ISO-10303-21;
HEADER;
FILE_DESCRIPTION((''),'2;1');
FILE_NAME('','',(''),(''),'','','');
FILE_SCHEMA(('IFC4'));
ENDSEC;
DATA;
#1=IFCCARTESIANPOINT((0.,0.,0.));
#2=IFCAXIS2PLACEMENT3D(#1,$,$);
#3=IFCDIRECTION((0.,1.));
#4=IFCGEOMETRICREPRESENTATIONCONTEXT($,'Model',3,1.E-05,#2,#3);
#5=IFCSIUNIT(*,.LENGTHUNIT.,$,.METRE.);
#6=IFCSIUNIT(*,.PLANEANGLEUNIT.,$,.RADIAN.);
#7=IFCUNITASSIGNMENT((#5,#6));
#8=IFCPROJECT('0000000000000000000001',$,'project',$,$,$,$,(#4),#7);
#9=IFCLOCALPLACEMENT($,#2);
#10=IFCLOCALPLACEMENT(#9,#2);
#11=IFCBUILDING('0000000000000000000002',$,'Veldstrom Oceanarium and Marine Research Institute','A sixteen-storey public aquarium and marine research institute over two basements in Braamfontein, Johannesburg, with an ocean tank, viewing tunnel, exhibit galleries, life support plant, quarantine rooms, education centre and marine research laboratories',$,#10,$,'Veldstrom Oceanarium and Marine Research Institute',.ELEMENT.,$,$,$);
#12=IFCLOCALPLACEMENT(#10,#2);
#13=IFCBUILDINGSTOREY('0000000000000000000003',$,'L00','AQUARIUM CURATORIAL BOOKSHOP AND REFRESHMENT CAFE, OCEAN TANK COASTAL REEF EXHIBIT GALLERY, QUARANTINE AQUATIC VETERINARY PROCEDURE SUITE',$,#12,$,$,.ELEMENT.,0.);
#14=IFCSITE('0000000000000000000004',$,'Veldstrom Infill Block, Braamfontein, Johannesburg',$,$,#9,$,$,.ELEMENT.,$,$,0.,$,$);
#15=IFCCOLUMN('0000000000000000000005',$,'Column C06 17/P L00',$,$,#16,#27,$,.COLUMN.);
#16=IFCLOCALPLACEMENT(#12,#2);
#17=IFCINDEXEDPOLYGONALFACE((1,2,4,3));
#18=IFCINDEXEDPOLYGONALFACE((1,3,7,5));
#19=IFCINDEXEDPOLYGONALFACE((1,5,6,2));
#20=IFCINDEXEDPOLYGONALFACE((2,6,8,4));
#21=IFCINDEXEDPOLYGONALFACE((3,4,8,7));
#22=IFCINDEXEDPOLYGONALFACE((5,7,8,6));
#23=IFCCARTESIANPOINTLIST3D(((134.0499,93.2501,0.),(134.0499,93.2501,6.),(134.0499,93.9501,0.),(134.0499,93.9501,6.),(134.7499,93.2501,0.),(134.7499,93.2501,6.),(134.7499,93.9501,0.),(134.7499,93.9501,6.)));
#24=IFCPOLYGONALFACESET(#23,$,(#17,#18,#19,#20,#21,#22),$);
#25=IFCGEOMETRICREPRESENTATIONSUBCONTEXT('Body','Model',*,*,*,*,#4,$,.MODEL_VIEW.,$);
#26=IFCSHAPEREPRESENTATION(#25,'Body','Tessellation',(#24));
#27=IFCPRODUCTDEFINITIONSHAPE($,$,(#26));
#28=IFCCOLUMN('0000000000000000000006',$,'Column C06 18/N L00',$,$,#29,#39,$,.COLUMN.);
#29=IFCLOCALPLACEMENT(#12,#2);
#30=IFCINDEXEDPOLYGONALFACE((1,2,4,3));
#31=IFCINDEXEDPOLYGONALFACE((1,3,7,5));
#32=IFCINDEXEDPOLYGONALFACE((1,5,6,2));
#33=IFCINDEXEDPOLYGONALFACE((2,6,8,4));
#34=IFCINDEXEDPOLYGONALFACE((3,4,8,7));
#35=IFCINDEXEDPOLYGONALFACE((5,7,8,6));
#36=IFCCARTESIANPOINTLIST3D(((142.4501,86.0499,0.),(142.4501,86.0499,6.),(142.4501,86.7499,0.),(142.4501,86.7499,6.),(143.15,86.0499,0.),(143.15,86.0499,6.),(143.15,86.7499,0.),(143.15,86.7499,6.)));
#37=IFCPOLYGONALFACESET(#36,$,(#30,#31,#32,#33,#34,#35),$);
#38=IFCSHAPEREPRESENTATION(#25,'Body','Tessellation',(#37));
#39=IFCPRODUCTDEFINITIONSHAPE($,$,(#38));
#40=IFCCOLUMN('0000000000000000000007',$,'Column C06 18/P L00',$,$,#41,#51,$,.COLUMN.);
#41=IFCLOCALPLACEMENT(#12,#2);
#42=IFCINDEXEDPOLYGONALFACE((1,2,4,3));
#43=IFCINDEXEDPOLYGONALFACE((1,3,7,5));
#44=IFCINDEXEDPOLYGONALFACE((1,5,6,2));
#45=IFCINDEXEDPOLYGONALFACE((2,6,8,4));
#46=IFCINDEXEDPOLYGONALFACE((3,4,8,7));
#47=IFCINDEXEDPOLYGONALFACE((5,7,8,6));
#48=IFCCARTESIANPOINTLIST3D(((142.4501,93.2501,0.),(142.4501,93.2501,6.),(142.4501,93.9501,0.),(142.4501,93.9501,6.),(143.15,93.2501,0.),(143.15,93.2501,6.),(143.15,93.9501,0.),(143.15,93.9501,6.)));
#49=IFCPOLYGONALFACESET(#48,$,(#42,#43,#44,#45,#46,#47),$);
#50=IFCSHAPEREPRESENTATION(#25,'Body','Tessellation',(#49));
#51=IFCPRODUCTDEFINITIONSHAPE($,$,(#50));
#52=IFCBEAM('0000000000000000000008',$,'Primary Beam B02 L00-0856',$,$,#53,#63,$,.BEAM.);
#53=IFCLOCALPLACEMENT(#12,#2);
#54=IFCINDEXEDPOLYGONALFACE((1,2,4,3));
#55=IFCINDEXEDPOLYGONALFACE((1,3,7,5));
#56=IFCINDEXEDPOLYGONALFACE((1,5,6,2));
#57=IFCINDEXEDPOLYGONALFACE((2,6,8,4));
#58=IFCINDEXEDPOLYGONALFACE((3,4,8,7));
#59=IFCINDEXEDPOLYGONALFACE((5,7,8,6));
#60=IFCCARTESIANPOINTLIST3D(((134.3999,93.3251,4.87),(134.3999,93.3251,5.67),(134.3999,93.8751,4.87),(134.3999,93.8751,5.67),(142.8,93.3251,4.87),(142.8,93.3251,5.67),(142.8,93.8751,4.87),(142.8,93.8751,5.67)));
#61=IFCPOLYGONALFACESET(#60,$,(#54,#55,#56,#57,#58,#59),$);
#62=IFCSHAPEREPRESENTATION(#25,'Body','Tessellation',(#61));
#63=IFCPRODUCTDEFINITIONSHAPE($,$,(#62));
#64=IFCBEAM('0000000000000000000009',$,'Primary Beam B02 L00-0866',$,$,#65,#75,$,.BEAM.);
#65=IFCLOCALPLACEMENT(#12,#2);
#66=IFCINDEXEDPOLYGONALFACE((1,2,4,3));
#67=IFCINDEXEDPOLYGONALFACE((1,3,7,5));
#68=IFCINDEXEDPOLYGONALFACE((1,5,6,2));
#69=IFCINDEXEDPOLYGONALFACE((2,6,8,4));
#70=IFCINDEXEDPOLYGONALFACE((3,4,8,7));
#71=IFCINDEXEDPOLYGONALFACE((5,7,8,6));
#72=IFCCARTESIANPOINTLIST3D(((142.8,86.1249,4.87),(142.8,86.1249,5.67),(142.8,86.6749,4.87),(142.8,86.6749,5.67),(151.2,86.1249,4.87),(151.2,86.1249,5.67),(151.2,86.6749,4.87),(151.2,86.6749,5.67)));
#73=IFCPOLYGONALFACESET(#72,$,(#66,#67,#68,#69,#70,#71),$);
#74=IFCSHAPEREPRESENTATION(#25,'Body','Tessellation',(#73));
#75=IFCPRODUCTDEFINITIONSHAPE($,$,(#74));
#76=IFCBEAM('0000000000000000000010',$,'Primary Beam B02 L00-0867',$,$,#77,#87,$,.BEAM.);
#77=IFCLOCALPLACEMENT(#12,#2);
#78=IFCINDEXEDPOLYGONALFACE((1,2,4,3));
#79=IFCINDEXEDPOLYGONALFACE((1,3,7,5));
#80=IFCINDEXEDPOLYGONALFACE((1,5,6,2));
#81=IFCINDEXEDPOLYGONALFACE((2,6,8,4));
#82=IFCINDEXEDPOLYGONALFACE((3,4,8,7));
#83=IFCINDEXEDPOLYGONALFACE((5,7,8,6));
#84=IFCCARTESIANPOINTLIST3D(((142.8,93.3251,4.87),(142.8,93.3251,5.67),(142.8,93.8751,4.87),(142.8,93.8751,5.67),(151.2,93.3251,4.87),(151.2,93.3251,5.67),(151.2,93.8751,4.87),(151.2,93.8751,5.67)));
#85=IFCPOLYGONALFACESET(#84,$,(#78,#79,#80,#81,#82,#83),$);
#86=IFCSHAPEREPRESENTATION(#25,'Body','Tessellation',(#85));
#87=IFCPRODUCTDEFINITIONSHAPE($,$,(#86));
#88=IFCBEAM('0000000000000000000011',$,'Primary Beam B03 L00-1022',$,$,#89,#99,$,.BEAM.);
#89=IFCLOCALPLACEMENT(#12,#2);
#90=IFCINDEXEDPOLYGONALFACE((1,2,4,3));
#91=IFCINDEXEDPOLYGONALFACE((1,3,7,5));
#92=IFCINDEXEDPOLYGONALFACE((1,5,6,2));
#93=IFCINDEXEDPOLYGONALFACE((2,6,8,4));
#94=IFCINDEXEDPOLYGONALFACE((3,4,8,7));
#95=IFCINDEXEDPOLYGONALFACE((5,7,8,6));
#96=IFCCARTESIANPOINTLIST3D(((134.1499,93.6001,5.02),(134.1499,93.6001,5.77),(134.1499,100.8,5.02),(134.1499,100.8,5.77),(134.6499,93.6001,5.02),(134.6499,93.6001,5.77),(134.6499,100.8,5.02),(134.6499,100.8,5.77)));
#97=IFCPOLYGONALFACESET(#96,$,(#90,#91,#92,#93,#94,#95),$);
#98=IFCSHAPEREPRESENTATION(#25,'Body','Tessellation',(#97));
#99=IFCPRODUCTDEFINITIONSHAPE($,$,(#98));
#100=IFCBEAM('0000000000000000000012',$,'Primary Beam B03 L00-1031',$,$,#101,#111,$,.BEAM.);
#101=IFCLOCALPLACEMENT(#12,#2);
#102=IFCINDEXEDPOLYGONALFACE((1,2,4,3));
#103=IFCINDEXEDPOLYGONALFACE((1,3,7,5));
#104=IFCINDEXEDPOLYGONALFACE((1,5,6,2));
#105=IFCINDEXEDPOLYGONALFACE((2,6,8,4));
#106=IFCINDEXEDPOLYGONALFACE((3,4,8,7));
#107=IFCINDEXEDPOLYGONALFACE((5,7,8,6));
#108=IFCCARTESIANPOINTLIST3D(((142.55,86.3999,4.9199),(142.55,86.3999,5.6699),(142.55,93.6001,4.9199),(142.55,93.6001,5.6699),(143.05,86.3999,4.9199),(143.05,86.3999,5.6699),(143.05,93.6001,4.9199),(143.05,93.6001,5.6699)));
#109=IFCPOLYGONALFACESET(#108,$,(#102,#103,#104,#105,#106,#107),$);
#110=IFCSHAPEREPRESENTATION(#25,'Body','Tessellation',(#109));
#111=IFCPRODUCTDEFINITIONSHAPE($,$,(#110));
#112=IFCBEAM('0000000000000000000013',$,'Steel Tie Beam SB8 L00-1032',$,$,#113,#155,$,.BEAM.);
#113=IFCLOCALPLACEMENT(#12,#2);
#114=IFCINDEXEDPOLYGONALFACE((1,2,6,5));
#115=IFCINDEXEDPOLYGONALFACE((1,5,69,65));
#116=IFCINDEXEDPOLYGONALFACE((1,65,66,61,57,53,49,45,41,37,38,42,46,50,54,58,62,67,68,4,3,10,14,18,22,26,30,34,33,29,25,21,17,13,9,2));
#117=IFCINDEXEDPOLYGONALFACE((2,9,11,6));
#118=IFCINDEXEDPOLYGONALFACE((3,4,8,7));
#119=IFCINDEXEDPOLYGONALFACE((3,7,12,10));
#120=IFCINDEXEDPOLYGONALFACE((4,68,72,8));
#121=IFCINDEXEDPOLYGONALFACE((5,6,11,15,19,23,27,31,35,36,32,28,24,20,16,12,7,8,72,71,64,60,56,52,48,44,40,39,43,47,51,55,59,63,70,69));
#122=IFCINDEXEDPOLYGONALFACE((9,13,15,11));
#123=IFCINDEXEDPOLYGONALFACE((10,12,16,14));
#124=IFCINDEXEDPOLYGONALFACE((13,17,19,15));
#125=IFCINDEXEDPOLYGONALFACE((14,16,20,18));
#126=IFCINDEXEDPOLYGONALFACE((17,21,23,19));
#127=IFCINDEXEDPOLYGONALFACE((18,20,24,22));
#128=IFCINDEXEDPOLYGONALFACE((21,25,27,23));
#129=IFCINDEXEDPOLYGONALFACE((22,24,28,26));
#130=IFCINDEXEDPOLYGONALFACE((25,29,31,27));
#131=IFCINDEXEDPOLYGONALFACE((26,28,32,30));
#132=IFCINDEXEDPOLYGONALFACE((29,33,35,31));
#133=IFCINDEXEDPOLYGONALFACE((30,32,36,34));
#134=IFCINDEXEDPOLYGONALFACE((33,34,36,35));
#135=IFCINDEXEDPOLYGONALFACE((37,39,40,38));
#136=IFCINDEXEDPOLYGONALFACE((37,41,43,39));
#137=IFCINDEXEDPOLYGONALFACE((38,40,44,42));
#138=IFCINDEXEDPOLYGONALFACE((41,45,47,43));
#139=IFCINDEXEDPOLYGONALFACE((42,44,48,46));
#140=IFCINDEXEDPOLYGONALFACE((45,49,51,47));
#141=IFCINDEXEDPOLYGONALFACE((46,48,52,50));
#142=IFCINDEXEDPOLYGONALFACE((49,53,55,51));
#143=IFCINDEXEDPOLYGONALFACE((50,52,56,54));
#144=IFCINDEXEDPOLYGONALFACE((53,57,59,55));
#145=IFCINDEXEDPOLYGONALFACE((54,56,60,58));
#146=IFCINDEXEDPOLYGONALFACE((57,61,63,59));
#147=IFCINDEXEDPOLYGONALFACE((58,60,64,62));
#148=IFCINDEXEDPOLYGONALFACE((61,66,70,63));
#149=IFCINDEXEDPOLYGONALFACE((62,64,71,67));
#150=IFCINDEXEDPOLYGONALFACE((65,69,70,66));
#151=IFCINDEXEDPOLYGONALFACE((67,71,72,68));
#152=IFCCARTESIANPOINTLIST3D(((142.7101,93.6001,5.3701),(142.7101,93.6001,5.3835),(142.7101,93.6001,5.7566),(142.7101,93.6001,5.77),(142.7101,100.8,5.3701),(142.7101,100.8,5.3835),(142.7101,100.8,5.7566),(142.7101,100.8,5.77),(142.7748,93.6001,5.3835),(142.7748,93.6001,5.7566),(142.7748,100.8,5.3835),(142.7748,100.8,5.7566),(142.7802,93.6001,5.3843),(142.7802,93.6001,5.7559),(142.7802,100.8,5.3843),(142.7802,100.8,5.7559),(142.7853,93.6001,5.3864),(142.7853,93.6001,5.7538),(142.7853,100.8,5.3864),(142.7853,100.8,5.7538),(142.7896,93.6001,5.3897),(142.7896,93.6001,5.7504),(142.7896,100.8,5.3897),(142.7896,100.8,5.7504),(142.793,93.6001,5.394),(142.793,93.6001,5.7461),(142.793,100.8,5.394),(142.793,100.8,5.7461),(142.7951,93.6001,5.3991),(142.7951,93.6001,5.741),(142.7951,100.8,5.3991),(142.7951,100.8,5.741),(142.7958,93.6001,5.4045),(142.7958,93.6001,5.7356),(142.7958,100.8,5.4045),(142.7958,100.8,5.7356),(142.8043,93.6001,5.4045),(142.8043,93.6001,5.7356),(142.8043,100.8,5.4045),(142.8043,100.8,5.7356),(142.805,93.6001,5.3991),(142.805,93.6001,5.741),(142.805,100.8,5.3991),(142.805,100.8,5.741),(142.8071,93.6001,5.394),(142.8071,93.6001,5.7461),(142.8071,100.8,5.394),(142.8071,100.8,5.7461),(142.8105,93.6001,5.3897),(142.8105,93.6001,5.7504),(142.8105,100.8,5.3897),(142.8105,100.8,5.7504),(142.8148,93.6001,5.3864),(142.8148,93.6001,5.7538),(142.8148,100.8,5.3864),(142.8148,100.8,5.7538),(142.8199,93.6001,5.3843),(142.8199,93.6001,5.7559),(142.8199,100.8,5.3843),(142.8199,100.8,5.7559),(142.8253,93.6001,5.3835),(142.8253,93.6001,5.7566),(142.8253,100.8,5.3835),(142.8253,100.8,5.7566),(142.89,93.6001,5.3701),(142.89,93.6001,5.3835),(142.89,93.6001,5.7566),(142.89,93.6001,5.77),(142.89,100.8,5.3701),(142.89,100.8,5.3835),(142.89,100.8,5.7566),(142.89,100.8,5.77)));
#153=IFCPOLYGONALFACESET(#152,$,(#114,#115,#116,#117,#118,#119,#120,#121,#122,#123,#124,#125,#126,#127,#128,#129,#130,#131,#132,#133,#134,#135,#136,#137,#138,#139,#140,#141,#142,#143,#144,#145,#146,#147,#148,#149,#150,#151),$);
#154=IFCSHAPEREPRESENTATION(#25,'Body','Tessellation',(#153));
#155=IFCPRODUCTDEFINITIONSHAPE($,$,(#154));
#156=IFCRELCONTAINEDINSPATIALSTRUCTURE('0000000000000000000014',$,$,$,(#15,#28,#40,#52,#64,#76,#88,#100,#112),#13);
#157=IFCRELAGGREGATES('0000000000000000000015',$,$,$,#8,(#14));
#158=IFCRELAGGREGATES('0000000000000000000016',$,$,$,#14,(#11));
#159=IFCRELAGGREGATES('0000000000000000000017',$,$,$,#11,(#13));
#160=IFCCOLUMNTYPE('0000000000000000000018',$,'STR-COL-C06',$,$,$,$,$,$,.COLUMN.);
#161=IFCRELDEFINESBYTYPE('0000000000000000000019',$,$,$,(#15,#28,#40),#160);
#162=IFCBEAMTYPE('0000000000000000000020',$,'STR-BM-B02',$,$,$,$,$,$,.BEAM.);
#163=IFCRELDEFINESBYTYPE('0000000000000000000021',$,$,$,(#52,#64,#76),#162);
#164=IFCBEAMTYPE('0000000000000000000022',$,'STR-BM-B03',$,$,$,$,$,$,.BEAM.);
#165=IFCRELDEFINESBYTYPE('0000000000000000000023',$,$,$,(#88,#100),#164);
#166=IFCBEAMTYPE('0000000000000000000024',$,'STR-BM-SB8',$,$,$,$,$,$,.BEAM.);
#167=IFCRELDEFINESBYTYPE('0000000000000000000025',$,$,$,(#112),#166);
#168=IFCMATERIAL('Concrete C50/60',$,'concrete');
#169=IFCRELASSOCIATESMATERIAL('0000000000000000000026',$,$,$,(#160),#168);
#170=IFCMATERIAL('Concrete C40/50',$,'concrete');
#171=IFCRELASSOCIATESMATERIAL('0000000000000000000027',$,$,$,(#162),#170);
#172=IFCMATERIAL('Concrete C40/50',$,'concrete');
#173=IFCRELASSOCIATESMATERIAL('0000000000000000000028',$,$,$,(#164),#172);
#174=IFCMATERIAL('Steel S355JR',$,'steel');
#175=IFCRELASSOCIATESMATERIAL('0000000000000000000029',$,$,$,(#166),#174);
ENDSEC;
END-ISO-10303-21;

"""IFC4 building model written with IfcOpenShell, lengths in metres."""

from ifc_helpers import new_model, si_unit, direction, frame, origin, origin_2d, place, context, subcontext, project, spatial, rectangle, i_section, extrude, material, material_profile, profile_set, type_object, element, save


model = new_model("IFC4")

# Units and contexts
model_context = context("Model", 3, precision=1e-05, world=origin(), true_north=direction((0.0, 1.0)))
body_context = subcontext(model_context, "Body", "Model", "MODEL_VIEW")
ifc_project = project(units=[si_unit("LENGTHUNIT", "METRE"), si_unit("PLANEANGLEUNIT", "RADIAN")], contexts=[model_context])

# Site, building, storey
site_placement = place(None, origin())
site = spatial("IfcSite", under=ifc_project, at=site_placement, Name="Veldstrom Infill Block, Braamfontein, Johannesburg", CompositionType="ELEMENT", RefElevation=0.0)
building_placement = place(site_placement, origin())
building = spatial("IfcBuilding", under=site, at=building_placement, Name="Veldstrom Oceanarium and Marine Research Institute", Description="A sixteen-storey public aquarium and marine research institute over two basements in Braamfontein, Johannesburg, with an ocean tank, viewing tunnel, exhibit galleries, life support plant, quarantine rooms, education centre and marine research laboratories", LongName="Veldstrom Oceanarium and Marine Research Institute", CompositionType="ELEMENT")
storey_placement = place(building_placement, origin())
storey = spatial("IfcBuildingStorey", under=building, at=storey_placement, Name="L00", Description="AQUARIUM CURATORIAL BOOKSHOP AND REFRESHMENT CAFE, OCEAN TANK COASTAL REEF EXHIBIT GALLERY, QUARANTINE AQUATIC VETERINARY PROCEDURE SUITE", CompositionType="ELEMENT", Elevation=0.0)

# Columns
ifc_material_1 = material(Name="Concrete C50/60", Category="concrete")
ifc_material_profile_1 = material_profile(ifc_material_1, rectangle(XDim=0.7, YDim=0.7, at=origin_2d()), Name="RC-COL-700x700")
ifc_profile_set_1 = profile_set([ifc_material_profile_1], Name="Concrete C50/60")
column_type = type_object("IfcColumnType", Name="STR-COL-C06", PredefinedType="COLUMN", material=ifc_profile_set_1)
for number, where, z_axis, x_axis, name in (
    (1, (134.3999, 93.6001, 0.0), (0.0, 0.0, 1.0), (1.0, 0.0, 0.0), "Column C06 17/P L00"),
    (2, (142.8, 86.3999, 0.0), (0.0, 0.0, 1.0), (1.0, 0.0, 0.0), "Column C06 18/N L00"),
    (3, (142.8, 93.6001, 0.0), (0.0, 0.0, 1.0), (1.0, 0.0, 0.0), "Column C06 18/P L00"),
):
    element("IfcColumn", number, at=place(storey_placement, frame(where, z_axis=z_axis, x_axis=x_axis)), inside=storey, type_object=column_type, Name=name, PredefinedType="COLUMN", context=body_context, shape_type="SweptSolid", body=[
        extrude(rectangle(XDim=0.7, YDim=0.7, at=origin_2d()), origin(), (0.0, 0.0, 1.0), 6.0),
    ])

# Beams
ifc_material_2 = material(Name="Concrete C40/50", Category="concrete")
ifc_material_profile_2 = material_profile(ifc_material_2, rectangle(XDim=0.55, YDim=0.8, at=origin_2d()), Name="RC-BM-550x800")
ifc_profile_set_2 = profile_set([ifc_material_profile_2], Name="Concrete C40/50")
beam_type_1 = type_object("IfcBeamType", Name="STR-BM-B02", PredefinedType="BEAM", material=ifc_profile_set_2)
beam_1_placement = place(storey_placement, frame((134.3999, 93.6001, 5.27), z_axis=(1.0, 0.0, 0.0), x_axis=(0.0, 1.0, 0.0)))
element("IfcBeam", 4, at=beam_1_placement, inside=storey, type_object=beam_type_1, Name="Primary Beam B02 L00-0856", PredefinedType="BEAM", context=body_context, shape_type="SweptSolid", body=[
    extrude(rectangle(XDim=0.55, YDim=0.8, at=origin_2d()), origin(), (0.0, 0.0, 1.0), 8.4001),
])
for number, where, z_axis, x_axis, name in (
    (5, (142.8, 86.3999, 5.27), (1.0, 0.0, 0.0), (0.0, 1.0, 0.0), "Primary Beam B02 L00-0866"),
    (6, (142.8, 93.6001, 5.27), (1.0, 0.0, 0.0), (0.0, 1.0, 0.0), "Primary Beam B02 L00-0867"),
):
    element("IfcBeam", number, at=place(storey_placement, frame(where, z_axis=z_axis, x_axis=x_axis)), inside=storey, type_object=beam_type_1, Name=name, PredefinedType="BEAM", context=body_context, shape_type="SweptSolid", body=[
        extrude(rectangle(XDim=0.55, YDim=0.8, at=origin_2d()), origin(), (0.0, 0.0, 1.0), 8.3999),
    ])
ifc_material_3 = material(Name="Concrete C40/50", Category="concrete")
ifc_material_profile_3 = material_profile(ifc_material_3, rectangle(XDim=0.5, YDim=0.75, at=origin_2d()), Name="RC-BM-500x750")
ifc_profile_set_3 = profile_set([ifc_material_profile_3], Name="Concrete C40/50")
beam_type_2 = type_object("IfcBeamType", Name="STR-BM-B03", PredefinedType="BEAM", material=ifc_profile_set_3)
beam_2_placement = place(storey_placement, frame((134.3999, 93.6001, 5.395), z_axis=(0.0, 1.0, 0.0), x_axis=(-1.0, 0.0, 0.0)))
element("IfcBeam", 7, at=beam_2_placement, inside=storey, type_object=beam_type_2, Name="Primary Beam B03 L00-1022", PredefinedType="BEAM", context=body_context, shape_type="SweptSolid", body=[
    extrude(rectangle(XDim=0.5, YDim=0.75, at=origin_2d()), origin(), (0.0, 0.0, 1.0), 7.2),
])
beam_3_placement = place(storey_placement, frame((142.8, 86.3999, 5.2949), z_axis=(0.0, 1.0, 0.0), x_axis=(-1.0, 0.0, 0.0)))
element("IfcBeam", 8, at=beam_3_placement, inside=storey, type_object=beam_type_2, Name="Primary Beam B03 L00-1031", PredefinedType="BEAM", context=body_context, shape_type="SweptSolid", body=[
    extrude(rectangle(XDim=0.5, YDim=0.75, at=origin_2d()), origin(), (0.0, 0.0, 1.0), 7.2002),
])
ifc_material_4 = material(Name="Steel S355JR", Category="steel")
ifc_material_profile_4 = material_profile(ifc_material_4, i_section(OverallWidth=0.1799, OverallDepth=0.3999, WebThickness=0.0085, FlangeThickness=0.0134, FilletRadius=0.021, at=origin_2d()), Name="IPE 400")
ifc_profile_set_4 = profile_set([ifc_material_profile_4], Name="Steel S355JR")
beam_type_3 = type_object("IfcBeamType", Name="STR-BM-SB8", PredefinedType="BEAM", material=ifc_profile_set_4)
beam_4_placement = place(storey_placement, frame((142.8, 93.6001, 5.5701), z_axis=(0.0, 1.0, 0.0), x_axis=(-1.0, 0.0, 0.0)))
element("IfcBeam", 9, at=beam_4_placement, inside=storey, type_object=beam_type_3, Name="Steel Tie Beam SB8 L00-1032", PredefinedType="BEAM", context=body_context, shape_type="SweptSolid", body=[
    extrude(i_section(OverallWidth=0.1799, OverallDepth=0.3999, WebThickness=0.0085, FlangeThickness=0.0134, FilletRadius=0.021, at=origin_2d()), origin(), (0.0, 0.0, 1.0), 7.2),
])

save(model, "model.ifc")
